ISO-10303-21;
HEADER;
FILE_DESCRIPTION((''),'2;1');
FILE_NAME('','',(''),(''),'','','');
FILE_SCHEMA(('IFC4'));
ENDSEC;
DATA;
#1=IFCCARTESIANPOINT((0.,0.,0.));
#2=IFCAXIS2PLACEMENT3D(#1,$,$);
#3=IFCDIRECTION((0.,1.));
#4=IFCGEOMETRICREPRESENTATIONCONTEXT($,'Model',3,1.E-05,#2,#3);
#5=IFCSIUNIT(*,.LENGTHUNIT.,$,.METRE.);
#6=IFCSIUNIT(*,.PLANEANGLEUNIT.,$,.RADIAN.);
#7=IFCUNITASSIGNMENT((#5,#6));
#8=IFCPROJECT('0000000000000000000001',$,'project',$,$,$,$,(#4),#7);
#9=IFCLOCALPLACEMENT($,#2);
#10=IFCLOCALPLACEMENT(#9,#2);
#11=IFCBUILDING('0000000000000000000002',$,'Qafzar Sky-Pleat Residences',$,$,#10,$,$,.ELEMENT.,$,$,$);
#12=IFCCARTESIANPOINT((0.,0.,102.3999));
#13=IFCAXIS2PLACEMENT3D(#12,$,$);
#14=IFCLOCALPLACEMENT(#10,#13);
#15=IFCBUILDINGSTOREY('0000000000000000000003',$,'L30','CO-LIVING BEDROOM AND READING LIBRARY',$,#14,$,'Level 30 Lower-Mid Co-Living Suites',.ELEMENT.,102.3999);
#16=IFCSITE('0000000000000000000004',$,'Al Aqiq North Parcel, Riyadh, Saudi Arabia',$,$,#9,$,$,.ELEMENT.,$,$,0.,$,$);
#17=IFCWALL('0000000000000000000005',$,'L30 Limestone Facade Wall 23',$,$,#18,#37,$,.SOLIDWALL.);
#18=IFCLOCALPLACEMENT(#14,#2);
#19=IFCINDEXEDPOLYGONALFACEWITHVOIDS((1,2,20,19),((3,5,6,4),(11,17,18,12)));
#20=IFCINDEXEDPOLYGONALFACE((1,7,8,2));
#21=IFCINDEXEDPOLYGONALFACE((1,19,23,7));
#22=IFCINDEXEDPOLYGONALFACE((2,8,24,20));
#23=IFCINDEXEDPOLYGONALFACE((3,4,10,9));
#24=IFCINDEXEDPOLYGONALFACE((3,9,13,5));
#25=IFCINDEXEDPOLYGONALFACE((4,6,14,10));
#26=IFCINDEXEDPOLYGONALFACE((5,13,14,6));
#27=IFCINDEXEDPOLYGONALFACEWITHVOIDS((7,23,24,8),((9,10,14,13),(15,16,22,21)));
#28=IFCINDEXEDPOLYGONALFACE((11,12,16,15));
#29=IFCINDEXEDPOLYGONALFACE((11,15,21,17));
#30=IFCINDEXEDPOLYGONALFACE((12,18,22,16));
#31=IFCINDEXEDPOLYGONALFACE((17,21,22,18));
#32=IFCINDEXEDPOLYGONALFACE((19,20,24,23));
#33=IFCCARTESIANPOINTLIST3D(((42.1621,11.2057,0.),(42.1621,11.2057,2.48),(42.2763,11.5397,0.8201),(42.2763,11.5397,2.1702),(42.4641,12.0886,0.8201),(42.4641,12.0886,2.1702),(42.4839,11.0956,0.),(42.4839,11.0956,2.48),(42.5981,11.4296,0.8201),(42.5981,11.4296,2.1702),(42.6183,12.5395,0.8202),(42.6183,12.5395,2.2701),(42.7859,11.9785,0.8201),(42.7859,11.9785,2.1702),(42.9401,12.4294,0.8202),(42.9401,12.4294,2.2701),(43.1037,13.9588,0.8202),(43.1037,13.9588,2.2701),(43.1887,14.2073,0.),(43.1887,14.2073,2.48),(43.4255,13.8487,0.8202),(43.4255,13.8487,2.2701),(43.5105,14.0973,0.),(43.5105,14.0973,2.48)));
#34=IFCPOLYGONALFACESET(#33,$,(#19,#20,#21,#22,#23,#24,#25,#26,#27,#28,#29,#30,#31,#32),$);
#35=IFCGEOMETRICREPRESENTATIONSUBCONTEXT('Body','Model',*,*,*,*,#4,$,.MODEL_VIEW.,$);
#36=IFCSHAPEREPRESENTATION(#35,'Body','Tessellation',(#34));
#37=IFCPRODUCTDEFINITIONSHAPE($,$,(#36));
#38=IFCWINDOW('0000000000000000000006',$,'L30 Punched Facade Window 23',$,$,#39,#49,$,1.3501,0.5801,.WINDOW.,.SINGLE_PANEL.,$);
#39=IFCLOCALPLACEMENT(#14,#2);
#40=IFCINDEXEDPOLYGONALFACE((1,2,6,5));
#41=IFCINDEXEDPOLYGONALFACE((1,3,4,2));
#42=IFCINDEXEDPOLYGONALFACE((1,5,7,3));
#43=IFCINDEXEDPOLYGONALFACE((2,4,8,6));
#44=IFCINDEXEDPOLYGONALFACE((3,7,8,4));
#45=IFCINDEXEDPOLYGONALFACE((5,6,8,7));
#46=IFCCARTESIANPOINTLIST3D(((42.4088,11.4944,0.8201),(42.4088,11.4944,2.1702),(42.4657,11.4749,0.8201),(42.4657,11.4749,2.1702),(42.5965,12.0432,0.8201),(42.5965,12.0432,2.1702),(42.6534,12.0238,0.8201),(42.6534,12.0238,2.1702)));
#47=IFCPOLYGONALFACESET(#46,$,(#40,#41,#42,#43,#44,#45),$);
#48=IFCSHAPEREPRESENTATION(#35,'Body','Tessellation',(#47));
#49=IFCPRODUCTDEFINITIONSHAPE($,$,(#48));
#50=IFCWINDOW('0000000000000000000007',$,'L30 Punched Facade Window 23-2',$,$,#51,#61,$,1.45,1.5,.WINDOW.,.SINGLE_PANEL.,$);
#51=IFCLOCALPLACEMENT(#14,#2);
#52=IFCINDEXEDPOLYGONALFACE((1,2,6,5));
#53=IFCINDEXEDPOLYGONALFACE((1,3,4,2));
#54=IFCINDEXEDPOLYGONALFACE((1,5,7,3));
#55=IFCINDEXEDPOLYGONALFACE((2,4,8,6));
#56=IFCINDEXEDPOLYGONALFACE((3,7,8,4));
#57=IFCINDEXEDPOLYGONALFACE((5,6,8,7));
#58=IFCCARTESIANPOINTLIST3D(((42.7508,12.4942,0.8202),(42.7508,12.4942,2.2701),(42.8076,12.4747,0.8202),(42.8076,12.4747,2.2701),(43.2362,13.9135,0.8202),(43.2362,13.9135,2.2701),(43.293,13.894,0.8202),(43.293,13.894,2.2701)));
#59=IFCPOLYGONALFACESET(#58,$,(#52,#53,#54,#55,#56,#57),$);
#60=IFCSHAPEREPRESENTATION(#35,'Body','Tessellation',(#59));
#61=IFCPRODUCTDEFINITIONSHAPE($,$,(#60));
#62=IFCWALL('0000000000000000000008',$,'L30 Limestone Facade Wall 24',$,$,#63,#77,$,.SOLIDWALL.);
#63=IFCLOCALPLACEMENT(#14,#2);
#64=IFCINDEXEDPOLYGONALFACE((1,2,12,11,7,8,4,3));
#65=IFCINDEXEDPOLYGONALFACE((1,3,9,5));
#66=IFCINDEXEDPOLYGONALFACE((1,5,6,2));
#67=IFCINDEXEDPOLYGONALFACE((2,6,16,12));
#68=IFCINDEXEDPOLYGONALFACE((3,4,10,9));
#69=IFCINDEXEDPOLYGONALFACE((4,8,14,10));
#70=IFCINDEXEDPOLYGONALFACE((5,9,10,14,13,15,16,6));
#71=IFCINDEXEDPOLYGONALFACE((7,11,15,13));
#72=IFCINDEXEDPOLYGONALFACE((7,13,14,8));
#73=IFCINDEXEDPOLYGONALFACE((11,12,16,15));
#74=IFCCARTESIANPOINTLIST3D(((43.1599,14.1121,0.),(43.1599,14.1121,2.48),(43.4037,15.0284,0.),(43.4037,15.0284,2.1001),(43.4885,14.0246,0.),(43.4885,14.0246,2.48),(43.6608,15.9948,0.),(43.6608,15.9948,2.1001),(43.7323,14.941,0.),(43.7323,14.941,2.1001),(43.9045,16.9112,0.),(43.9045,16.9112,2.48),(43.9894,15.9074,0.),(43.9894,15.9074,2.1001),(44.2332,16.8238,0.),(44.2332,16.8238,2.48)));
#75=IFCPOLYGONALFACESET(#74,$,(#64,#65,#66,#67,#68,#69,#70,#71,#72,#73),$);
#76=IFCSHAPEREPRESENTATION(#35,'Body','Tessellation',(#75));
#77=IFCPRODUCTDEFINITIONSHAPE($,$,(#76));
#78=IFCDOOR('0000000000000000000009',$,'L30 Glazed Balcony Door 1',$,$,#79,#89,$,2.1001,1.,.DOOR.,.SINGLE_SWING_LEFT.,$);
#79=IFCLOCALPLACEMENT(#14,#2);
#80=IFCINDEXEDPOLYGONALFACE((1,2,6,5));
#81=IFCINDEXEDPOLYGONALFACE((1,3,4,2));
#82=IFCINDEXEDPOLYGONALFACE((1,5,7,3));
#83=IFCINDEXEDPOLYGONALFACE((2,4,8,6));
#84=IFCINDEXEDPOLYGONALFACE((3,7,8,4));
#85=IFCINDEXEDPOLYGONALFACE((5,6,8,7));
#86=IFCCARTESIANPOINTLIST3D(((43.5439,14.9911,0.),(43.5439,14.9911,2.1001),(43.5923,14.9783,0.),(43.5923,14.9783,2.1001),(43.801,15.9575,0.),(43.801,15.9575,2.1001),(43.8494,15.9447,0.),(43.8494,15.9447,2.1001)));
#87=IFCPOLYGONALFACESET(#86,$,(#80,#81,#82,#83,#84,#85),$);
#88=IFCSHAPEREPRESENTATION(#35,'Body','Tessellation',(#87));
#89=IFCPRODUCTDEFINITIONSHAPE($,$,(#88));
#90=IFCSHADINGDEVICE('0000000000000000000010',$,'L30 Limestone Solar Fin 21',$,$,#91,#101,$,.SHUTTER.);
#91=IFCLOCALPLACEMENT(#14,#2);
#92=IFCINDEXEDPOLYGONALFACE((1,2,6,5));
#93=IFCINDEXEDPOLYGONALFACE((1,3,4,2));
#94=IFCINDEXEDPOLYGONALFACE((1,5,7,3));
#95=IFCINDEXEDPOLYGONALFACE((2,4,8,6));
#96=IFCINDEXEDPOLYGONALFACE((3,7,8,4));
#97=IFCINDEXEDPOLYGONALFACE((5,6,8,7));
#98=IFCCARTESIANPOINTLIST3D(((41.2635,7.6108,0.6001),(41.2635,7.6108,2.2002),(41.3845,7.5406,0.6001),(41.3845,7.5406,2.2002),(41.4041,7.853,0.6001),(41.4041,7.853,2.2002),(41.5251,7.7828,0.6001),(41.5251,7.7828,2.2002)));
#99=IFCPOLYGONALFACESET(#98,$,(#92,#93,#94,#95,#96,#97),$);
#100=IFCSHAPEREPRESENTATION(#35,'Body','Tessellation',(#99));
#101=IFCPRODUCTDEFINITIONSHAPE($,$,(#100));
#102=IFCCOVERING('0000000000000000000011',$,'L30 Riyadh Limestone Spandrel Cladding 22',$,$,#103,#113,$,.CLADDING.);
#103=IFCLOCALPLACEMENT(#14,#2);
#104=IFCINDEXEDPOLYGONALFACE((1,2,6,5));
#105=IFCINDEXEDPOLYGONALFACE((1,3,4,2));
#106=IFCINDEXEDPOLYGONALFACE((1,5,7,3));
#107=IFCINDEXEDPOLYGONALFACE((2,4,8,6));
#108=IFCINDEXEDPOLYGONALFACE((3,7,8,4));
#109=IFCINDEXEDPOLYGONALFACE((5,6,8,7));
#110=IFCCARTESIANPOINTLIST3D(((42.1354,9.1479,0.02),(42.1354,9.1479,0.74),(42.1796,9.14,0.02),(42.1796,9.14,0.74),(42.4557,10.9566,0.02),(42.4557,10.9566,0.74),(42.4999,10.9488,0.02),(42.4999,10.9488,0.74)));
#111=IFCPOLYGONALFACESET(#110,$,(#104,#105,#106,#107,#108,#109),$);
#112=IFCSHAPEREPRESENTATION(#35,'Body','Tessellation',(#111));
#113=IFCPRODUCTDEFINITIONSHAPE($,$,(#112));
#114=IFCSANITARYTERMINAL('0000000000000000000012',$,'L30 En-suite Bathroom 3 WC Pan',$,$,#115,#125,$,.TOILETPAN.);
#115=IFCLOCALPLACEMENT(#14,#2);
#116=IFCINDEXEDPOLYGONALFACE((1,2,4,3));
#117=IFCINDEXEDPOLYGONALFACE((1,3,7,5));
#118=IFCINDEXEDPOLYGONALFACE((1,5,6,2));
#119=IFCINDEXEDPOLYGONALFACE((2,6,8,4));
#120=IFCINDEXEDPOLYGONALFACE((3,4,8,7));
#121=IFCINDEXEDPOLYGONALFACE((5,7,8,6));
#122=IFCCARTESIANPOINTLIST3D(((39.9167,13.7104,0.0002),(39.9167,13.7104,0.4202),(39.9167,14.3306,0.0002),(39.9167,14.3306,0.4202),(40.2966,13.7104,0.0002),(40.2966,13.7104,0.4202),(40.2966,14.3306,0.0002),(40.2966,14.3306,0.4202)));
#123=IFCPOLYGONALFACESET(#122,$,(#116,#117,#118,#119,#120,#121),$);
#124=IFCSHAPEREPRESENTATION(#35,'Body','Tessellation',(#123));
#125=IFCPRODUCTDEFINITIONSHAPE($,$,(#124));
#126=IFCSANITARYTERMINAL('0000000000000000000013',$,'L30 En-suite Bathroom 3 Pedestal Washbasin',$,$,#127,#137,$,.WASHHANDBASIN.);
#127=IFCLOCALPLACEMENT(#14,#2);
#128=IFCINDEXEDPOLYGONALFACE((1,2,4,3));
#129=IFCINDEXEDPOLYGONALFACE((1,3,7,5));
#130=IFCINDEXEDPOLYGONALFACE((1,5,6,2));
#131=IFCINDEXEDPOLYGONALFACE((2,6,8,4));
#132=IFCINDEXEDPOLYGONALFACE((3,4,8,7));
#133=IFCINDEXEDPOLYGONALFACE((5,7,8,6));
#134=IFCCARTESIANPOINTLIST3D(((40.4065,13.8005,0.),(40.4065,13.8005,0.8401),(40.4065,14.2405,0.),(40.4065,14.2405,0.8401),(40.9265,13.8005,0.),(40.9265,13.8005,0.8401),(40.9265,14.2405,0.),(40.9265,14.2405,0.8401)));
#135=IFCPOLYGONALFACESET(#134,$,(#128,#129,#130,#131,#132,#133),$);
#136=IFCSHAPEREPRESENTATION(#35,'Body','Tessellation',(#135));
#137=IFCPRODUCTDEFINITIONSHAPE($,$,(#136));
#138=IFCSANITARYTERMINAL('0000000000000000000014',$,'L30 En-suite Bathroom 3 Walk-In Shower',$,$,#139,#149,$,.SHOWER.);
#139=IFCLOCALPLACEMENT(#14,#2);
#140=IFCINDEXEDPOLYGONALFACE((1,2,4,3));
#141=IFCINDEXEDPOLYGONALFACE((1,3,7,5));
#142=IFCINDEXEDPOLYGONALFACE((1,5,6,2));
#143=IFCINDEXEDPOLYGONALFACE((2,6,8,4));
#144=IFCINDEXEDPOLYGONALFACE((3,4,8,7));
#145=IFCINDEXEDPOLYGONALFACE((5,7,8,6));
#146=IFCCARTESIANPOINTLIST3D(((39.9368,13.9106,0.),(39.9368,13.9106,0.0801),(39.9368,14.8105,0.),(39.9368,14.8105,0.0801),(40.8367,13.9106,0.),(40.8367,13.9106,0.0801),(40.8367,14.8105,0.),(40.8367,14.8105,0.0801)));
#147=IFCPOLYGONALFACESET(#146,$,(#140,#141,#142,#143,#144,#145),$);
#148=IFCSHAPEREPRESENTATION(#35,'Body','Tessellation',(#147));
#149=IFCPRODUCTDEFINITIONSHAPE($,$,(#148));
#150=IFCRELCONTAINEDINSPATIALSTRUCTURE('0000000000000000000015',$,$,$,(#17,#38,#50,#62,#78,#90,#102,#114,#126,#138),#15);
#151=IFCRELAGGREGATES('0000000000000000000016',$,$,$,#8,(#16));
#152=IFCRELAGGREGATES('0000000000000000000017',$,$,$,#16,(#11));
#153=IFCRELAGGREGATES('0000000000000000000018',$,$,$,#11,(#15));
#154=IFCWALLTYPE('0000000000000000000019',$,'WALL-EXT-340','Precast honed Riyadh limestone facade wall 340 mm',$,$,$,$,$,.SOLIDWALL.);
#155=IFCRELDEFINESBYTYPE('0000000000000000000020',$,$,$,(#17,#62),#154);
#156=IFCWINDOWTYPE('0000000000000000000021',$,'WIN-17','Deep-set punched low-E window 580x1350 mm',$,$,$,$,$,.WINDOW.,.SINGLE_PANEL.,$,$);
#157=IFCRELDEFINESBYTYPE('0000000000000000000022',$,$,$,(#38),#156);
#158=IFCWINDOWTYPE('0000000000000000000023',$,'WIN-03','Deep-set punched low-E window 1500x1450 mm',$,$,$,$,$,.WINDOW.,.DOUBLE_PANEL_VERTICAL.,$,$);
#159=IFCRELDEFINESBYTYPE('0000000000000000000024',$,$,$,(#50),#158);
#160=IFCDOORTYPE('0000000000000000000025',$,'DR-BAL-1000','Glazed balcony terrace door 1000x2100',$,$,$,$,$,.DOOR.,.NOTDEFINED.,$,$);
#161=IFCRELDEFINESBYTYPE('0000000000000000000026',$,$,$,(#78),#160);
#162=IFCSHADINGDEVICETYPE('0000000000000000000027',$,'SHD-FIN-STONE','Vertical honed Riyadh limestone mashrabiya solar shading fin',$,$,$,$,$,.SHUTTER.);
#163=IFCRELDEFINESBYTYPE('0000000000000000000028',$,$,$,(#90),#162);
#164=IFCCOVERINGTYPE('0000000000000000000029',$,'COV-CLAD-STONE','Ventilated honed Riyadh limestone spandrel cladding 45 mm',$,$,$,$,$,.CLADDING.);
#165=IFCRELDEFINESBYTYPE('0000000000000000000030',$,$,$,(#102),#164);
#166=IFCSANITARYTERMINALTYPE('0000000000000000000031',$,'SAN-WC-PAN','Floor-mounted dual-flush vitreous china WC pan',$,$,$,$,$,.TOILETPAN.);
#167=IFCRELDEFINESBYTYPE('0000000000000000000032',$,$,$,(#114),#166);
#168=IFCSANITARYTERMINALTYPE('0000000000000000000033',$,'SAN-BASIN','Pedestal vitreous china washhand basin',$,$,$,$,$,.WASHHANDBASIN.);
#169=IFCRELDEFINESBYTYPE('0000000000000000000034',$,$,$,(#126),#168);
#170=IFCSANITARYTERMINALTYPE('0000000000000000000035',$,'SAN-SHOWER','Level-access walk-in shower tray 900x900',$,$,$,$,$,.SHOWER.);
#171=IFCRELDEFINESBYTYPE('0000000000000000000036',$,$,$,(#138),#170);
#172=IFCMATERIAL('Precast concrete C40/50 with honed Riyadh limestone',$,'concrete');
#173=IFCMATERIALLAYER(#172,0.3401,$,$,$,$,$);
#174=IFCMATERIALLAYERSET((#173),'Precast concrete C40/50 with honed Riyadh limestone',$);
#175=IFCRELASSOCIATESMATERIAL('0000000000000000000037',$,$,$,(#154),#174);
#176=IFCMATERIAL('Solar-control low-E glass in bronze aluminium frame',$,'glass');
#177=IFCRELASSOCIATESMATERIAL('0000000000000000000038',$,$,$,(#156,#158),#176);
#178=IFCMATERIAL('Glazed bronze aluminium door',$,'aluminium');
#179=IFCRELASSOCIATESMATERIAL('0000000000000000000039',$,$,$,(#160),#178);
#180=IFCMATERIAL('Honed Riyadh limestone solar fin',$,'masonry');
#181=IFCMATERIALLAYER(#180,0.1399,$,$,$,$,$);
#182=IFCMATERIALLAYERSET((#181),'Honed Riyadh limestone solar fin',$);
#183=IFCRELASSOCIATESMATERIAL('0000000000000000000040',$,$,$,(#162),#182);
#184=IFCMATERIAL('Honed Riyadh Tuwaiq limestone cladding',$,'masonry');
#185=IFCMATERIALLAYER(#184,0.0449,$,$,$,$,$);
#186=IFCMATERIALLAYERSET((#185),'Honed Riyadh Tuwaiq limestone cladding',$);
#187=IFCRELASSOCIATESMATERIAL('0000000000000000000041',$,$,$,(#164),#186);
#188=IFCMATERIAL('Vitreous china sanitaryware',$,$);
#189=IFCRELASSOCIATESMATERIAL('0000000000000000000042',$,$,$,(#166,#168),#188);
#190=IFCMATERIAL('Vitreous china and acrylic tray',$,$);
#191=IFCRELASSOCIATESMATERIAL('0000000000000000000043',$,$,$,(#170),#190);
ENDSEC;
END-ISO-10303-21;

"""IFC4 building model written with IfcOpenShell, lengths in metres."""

from ifc_helpers import new_model, si_unit, direction, frame, frame_2d, origin, origin_2d, place, context, subcontext, project, spatial, rectangle, extrude, source, transform, mapped, material, layer, layer_set, type_object, element, fill, save


model = new_model("IFC4")

# Units and contexts
model_context = context("Model", 3, precision=1e-05, world=origin(), true_north=direction((0.0, 1.0)))
body_context = subcontext(model_context, "Body", "Model", "MODEL_VIEW")
ifc_project = project(units=[si_unit("LENGTHUNIT", "METRE"), si_unit("PLANEANGLEUNIT", "RADIAN")], contexts=[model_context])

# Site, building, storey
site_placement = place(None, origin())
site = spatial("IfcSite", under=ifc_project, at=site_placement, Name="Al Aqiq North Parcel, Riyadh, Saudi Arabia", CompositionType="ELEMENT", RefElevation=0.0)
building_placement = place(site_placement, origin())
building = spatial("IfcBuilding", under=site, at=building_placement, Name="Qafzar Sky-Pleat Residences", CompositionType="ELEMENT")
storey_placement = place(building_placement, frame((0.0, 0.0, 102.3999)))
storey = spatial("IfcBuildingStorey", under=building, at=storey_placement, Name="L30", Description="CO-LIVING BEDROOM AND READING LIBRARY", LongName="Level 30 Lower-Mid Co-Living Suites", CompositionType="ELEMENT", Elevation=102.3999)

# Shared definitions
ifc_material_1 = material(Name="Precast concrete C40/50 with honed Riyadh limestone", Category="concrete")
ifc_layer_1 = layer(ifc_material_1, 0.3401)
ifc_layer_set_1 = layer_set([ifc_layer_1], Name="Precast concrete C40/50 with honed Riyadh limestone")
wall_type_1 = type_object("IfcWallType", Name="WALL-EXT-340", Description="Precast honed Riyadh limestone facade wall 340 mm", PredefinedType="SOLIDWALL", material=ifc_layer_set_1)
ifc_material_2 = material(Name="Solar-control low-E glass in bronze aluminium frame", Category="glass")

# Wall, openings, windows
wall_1_placement = place(storey_placement, frame((42.323, 11.1506, 0.0), z_axis=(0.0, 0.0, 1.0), x_axis=(0.323606, 0.946192, 0.0)))
wall_1 = element("IfcWall", 1, at=wall_1_placement, inside=storey, type_object=wall_type_1, Name="L30 Limestone Facade Wall 23", PredefinedType="SOLIDWALL", context=body_context, shape_type="SweptSolid", body=[
    extrude(rectangle(XDim=3.1724, YDim=0.3401, at=frame_2d((1.5862, 0.0))), origin(), (0.0, 0.0, 1.0), 2.48),
])
opening_1_placement = place(wall_1_placement, frame((0.353, 0.0, 0.8201)))
opening_1 = element("IfcOpeningElement", 2, at=opening_1_placement, cuts=wall_1, PredefinedType="OPENING", context=body_context, shape_type="SweptSolid", body=[
    extrude(rectangle(XDim=0.5801, YDim=1.3501, at=frame_2d((0.29, 0.675))), frame((0.0, 0.1802, 0.0), z_axis=(0.0, -1.0, 0.0), x_axis=(1.0, 0.0, 0.0)), (0.0, 0.0, 1.0), 0.3601),
])
opening_2_placement = place(wall_1_placement, frame((1.4097, 0.0, 0.8201)))
opening_2 = element("IfcOpeningElement", 3, at=opening_2_placement, cuts=wall_1, PredefinedType="OPENING", context=body_context, shape_type="SweptSolid", body=[
    extrude(rectangle(XDim=1.5, YDim=1.45, at=frame_2d((0.75, 0.7251))), frame((0.0, 0.1802, 0.0), z_axis=(0.0, -1.0, 0.0), x_axis=(1.0, 0.0, 0.0)), (0.0, 0.0, 1.0), 0.3601),
])
window_type_1 = type_object("IfcWindowType", Name="WIN-17", Description="Deep-set punched low-E window 580x1350 mm", PartitioningType="SINGLE_PANEL", PredefinedType="WINDOW", material=ifc_material_2)
shared_shape_1 = source(origin(), body_context, "Body", "SweptSolid", [
    extrude(rectangle(XDim=0.5801, YDim=1.3501, at=frame_2d((0.29, 0.675))), frame((0.0, 0.03, 0.0), z_axis=(0.0, -1.0, 0.0), x_axis=(1.0, 0.0, 0.0)), (0.0, 0.0, 1.0), 0.0601),
])
window_1_placement = place(opening_1_placement, origin())
window_1 = element("IfcWindow", 4, at=window_1_placement, inside=storey, type_object=window_type_1, Name="L30 Punched Facade Window 23", OverallHeight=1.3501, OverallWidth=0.5801, PartitioningType="SINGLE_PANEL", PredefinedType="WINDOW", context=body_context, shape_type="MappedRepresentation", body=[
    mapped(shared_shape_1, transform((0.0, 0.0, 0.0), x_axis=(1.0, 0.0, 0.0), y_axis=(0.0, 1.0, 0.0), z_axis=(0.0, 0.0, 1.0), scale=1.0)),
])
fill(opening_1, window_1)
window_type_2 = type_object("IfcWindowType", Name="WIN-03", Description="Deep-set punched low-E window 1500x1450 mm", PartitioningType="DOUBLE_PANEL_VERTICAL", PredefinedType="WINDOW", material=ifc_material_2)
shared_shape_2 = source(origin(), body_context, "Body", "SweptSolid", [
    extrude(rectangle(XDim=1.5, YDim=1.45, at=frame_2d((0.75, 0.7251))), frame((0.0, 0.03, 0.0), z_axis=(0.0, -1.0, 0.0), x_axis=(1.0, 0.0, 0.0)), (0.0, 0.0, 1.0), 0.0601),
])
window_2_placement = place(opening_2_placement, origin())
window_2 = element("IfcWindow", 5, at=window_2_placement, inside=storey, type_object=window_type_2, Name="L30 Punched Facade Window 23-2", OverallHeight=1.45, OverallWidth=1.5, PartitioningType="SINGLE_PANEL", PredefinedType="WINDOW", context=body_context, shape_type="MappedRepresentation", body=[
    mapped(shared_shape_2, transform((0.0, 0.0, 0.0), x_axis=(1.0, 0.0, 0.0), y_axis=(0.0, 1.0, 0.0), z_axis=(0.0, 0.0, 1.0), scale=1.0)),
])
fill(opening_2, window_2)

# Wall, opening, door
wall_2_placement = place(storey_placement, frame((43.3242, 14.0684, 0.0), z_axis=(0.0, 0.0, 1.0), x_axis=(0.257086, 0.966389, 0.0)))
wall_2 = element("IfcWall", 6, at=wall_2_placement, inside=storey, type_object=wall_type_1, Name="L30 Limestone Facade Wall 24", PredefinedType="SOLIDWALL", context=body_context, shape_type="SweptSolid", body=[
    extrude(rectangle(XDim=2.8965, YDim=0.3401, at=frame_2d((1.4482, 0.0))), origin(), (0.0, 0.0, 1.0), 2.48),
])
opening_3_placement = place(wall_2_placement, frame((0.9482, 0.0, 0.0)))
opening_3 = element("IfcOpeningElement", 7, at=opening_3_placement, cuts=wall_2, PredefinedType="OPENING", context=body_context, shape_type="SweptSolid", body=[
    extrude(rectangle(XDim=1.0, YDim=2.1001, at=frame_2d((0.5, 1.05))), frame((0.0, 0.1802, 0.0), z_axis=(0.0, -1.0, 0.0), x_axis=(1.0, 0.0, 0.0)), (0.0, 0.0, 1.0), 0.3601),
])
ifc_material_3 = material(Name="Glazed bronze aluminium door", Category="aluminium")
door_type_1 = type_object("IfcDoorType", Name="DR-BAL-1000", Description="Glazed balcony terrace door 1000x2100", OperationType="NOTDEFINED", PredefinedType="DOOR", material=ifc_material_3)
shared_shape_3 = source(origin(), body_context, "Body", "SweptSolid", [
    extrude(rectangle(XDim=1.0, YDim=2.1001, at=frame_2d((0.5, 1.05))), frame((0.0, 0.0249, 0.0), z_axis=(0.0, -1.0, 0.0), x_axis=(1.0, 0.0, 0.0)), (0.0, 0.0, 1.0), 0.05),
])
door_1_placement = place(opening_3_placement, origin())
door_1 = element("IfcDoor", 8, at=door_1_placement, inside=storey, type_object=door_type_1, Name="L30 Glazed Balcony Door 1", OperationType="SINGLE_SWING_LEFT", OverallHeight=2.1001, OverallWidth=1.0, PredefinedType="DOOR", context=body_context, shape_type="MappedRepresentation", body=[
    mapped(shared_shape_3, transform((0.0, 0.0, 0.0), x_axis=(1.0, 0.0, 0.0), y_axis=(0.0, 1.0, 0.0), z_axis=(0.0, 0.0, 1.0), scale=1.0)),
])
fill(opening_3, door_1)

# Shading device
ifc_material_4 = material(Name="Honed Riyadh limestone solar fin", Category="masonry")
ifc_layer_2 = layer(ifc_material_4, 0.1399)
ifc_layer_set_2 = layer_set([ifc_layer_2], Name="Honed Riyadh limestone solar fin")
shading_device_type = type_object("IfcShadingDeviceType", Name="SHD-FIN-STONE", Description="Vertical honed Riyadh limestone mashrabiya solar shading fin", PredefinedType="SHUTTER", material=ifc_layer_set_2)
shared_shape_4 = source(origin(), body_context, "Body", "SweptSolid", [
    extrude(rectangle(XDim=0.1399, YDim=0.28, at=origin_2d()), origin(), (0.0, 0.0, 1.0), 1.6001),
])
shading_device_placement = place(storey_placement, frame((41.3943, 7.6968, 0.6001), z_axis=(0.0, 0.0, 1.0), x_axis=(0.864887, -0.501967, 0.0)))
element("IfcShadingDevice", 9, at=shading_device_placement, inside=storey, type_object=shading_device_type, Name="L30 Limestone Solar Fin 21", PredefinedType="SHUTTER", context=body_context, shape_type="MappedRepresentation", body=[
    mapped(shared_shape_4, transform((0.0, 0.0, 0.0), x_axis=(1.0, 0.0, 0.0), y_axis=(0.0, 1.0, 0.0), z_axis=(0.0, 0.0, 1.0), scale=1.0)),
])

# Covering
ifc_material_5 = material(Name="Honed Riyadh Tuwaiq limestone cladding", Category="masonry")
ifc_layer_3 = layer(ifc_material_5, 0.0449)
ifc_layer_set_3 = layer_set([ifc_layer_3], Name="Honed Riyadh Tuwaiq limestone cladding")
covering_type = type_object("IfcCoveringType", Name="COV-CLAD-STONE", Description="Ventilated honed Riyadh limestone spandrel cladding 45 mm", PredefinedType="CLADDING", material=ifc_layer_set_3)
shared_shape_5 = source(origin(), body_context, "Body", "SweptSolid", [
    extrude(rectangle(XDim=1.8369, YDim=0.0449, at=origin_2d()), origin(), (0.0, 0.0, 1.0), 0.72),
])
covering_placement = place(storey_placement, frame((42.3176, 10.0483, 0.02), z_axis=(0.0, 0.0, 1.0), x_axis=(0.174369, 0.98468, 0.0)))
element("IfcCovering", 10, at=covering_placement, inside=storey, type_object=covering_type, Name="L30 Riyadh Limestone Spandrel Cladding 22", PredefinedType="CLADDING", context=body_context, shape_type="MappedRepresentation", body=[
    mapped(shared_shape_5, transform((0.0, 0.0, 0.0), x_axis=(1.0, 0.0, 0.0), y_axis=(0.0, 1.0, 0.0), z_axis=(0.0, 0.0, 1.0), scale=1.0)),
])

# Sanitary terminals
ifc_material_6 = material(Name="Vitreous china sanitaryware")
sanitary_terminal_type_1 = type_object("IfcSanitaryTerminalType", Name="SAN-WC-PAN", Description="Floor-mounted dual-flush vitreous china WC pan", PredefinedType="TOILETPAN", material=ifc_material_6)
shared_shape_6 = source(origin(), body_context, "Body", "SweptSolid", [
    extrude(rectangle(XDim=0.3799, YDim=0.6201, at=origin_2d()), origin(), (0.0, 0.0, 1.0), 0.4199),
])
sanitary_terminal_1_placement = place(storey_placement, frame((40.1067, 14.0205, 0.0002), z_axis=(0.0, 0.0, 1.0), x_axis=(1.0, 0.0, 0.0)))
element("IfcSanitaryTerminal", 11, at=sanitary_terminal_1_placement, inside=storey, type_object=sanitary_terminal_type_1, Name="L30 En-suite Bathroom 3 WC Pan", PredefinedType="TOILETPAN", context=body_context, shape_type="MappedRepresentation", body=[
    mapped(shared_shape_6, transform((0.0, 0.0, 0.0), x_axis=(1.0, 0.0, 0.0), y_axis=(0.0, 1.0, 0.0), z_axis=(0.0, 0.0, 1.0), scale=1.0)),
])
sanitary_terminal_type_2 = type_object("IfcSanitaryTerminalType", Name="SAN-BASIN", Description="Pedestal vitreous china washhand basin", PredefinedType="WASHHANDBASIN", material=ifc_material_6)
shared_shape_7 = source(origin(), body_context, "Body", "SweptSolid", [
    extrude(rectangle(XDim=0.52, YDim=0.4399, at=origin_2d()), origin(), (0.0, 0.0, 1.0), 0.8401),
])
sanitary_terminal_2_placement = place(storey_placement, frame((40.6665, 14.0205, 0.0), z_axis=(0.0, 0.0, 1.0), x_axis=(1.0, 0.0, 0.0)))
element("IfcSanitaryTerminal", 12, at=sanitary_terminal_2_placement, inside=storey, type_object=sanitary_terminal_type_2, Name="L30 En-suite Bathroom 3 Pedestal Washbasin", PredefinedType="WASHHANDBASIN", context=body_context, shape_type="MappedRepresentation", body=[
    mapped(shared_shape_7, transform((0.0, 0.0, 0.0), x_axis=(1.0, 0.0, 0.0), y_axis=(0.0, 1.0, 0.0), z_axis=(0.0, 0.0, 1.0), scale=1.0)),
])
ifc_material_7 = material(Name="Vitreous china and acrylic tray")
sanitary_terminal_type_3 = type_object("IfcSanitaryTerminalType", Name="SAN-SHOWER", Description="Level-access walk-in shower tray 900x900", PredefinedType="SHOWER", material=ifc_material_7)
shared_shape_8 = source(origin(), body_context, "Body", "SweptSolid", [
    extrude(rectangle(XDim=0.8999, YDim=0.8999, at=origin_2d()), origin(), (0.0, 0.0, 1.0), 0.0801),
])
sanitary_terminal_3_placement = place(storey_placement, frame((40.3867, 14.3606, 0.0), z_axis=(0.0, 0.0, 1.0), x_axis=(1.0, 0.0, 0.0)))
element("IfcSanitaryTerminal", 13, at=sanitary_terminal_3_placement, inside=storey, type_object=sanitary_terminal_type_3, Name="L30 En-suite Bathroom 3 Walk-In Shower", PredefinedType="SHOWER", context=body_context, shape_type="MappedRepresentation", body=[
    mapped(shared_shape_8, transform((0.0, 0.0, 0.0), x_axis=(1.0, 0.0, 0.0), y_axis=(0.0, 1.0, 0.0), z_axis=(0.0, 0.0, 1.0), scale=1.0)),
])

save(model, "model.ifc")
